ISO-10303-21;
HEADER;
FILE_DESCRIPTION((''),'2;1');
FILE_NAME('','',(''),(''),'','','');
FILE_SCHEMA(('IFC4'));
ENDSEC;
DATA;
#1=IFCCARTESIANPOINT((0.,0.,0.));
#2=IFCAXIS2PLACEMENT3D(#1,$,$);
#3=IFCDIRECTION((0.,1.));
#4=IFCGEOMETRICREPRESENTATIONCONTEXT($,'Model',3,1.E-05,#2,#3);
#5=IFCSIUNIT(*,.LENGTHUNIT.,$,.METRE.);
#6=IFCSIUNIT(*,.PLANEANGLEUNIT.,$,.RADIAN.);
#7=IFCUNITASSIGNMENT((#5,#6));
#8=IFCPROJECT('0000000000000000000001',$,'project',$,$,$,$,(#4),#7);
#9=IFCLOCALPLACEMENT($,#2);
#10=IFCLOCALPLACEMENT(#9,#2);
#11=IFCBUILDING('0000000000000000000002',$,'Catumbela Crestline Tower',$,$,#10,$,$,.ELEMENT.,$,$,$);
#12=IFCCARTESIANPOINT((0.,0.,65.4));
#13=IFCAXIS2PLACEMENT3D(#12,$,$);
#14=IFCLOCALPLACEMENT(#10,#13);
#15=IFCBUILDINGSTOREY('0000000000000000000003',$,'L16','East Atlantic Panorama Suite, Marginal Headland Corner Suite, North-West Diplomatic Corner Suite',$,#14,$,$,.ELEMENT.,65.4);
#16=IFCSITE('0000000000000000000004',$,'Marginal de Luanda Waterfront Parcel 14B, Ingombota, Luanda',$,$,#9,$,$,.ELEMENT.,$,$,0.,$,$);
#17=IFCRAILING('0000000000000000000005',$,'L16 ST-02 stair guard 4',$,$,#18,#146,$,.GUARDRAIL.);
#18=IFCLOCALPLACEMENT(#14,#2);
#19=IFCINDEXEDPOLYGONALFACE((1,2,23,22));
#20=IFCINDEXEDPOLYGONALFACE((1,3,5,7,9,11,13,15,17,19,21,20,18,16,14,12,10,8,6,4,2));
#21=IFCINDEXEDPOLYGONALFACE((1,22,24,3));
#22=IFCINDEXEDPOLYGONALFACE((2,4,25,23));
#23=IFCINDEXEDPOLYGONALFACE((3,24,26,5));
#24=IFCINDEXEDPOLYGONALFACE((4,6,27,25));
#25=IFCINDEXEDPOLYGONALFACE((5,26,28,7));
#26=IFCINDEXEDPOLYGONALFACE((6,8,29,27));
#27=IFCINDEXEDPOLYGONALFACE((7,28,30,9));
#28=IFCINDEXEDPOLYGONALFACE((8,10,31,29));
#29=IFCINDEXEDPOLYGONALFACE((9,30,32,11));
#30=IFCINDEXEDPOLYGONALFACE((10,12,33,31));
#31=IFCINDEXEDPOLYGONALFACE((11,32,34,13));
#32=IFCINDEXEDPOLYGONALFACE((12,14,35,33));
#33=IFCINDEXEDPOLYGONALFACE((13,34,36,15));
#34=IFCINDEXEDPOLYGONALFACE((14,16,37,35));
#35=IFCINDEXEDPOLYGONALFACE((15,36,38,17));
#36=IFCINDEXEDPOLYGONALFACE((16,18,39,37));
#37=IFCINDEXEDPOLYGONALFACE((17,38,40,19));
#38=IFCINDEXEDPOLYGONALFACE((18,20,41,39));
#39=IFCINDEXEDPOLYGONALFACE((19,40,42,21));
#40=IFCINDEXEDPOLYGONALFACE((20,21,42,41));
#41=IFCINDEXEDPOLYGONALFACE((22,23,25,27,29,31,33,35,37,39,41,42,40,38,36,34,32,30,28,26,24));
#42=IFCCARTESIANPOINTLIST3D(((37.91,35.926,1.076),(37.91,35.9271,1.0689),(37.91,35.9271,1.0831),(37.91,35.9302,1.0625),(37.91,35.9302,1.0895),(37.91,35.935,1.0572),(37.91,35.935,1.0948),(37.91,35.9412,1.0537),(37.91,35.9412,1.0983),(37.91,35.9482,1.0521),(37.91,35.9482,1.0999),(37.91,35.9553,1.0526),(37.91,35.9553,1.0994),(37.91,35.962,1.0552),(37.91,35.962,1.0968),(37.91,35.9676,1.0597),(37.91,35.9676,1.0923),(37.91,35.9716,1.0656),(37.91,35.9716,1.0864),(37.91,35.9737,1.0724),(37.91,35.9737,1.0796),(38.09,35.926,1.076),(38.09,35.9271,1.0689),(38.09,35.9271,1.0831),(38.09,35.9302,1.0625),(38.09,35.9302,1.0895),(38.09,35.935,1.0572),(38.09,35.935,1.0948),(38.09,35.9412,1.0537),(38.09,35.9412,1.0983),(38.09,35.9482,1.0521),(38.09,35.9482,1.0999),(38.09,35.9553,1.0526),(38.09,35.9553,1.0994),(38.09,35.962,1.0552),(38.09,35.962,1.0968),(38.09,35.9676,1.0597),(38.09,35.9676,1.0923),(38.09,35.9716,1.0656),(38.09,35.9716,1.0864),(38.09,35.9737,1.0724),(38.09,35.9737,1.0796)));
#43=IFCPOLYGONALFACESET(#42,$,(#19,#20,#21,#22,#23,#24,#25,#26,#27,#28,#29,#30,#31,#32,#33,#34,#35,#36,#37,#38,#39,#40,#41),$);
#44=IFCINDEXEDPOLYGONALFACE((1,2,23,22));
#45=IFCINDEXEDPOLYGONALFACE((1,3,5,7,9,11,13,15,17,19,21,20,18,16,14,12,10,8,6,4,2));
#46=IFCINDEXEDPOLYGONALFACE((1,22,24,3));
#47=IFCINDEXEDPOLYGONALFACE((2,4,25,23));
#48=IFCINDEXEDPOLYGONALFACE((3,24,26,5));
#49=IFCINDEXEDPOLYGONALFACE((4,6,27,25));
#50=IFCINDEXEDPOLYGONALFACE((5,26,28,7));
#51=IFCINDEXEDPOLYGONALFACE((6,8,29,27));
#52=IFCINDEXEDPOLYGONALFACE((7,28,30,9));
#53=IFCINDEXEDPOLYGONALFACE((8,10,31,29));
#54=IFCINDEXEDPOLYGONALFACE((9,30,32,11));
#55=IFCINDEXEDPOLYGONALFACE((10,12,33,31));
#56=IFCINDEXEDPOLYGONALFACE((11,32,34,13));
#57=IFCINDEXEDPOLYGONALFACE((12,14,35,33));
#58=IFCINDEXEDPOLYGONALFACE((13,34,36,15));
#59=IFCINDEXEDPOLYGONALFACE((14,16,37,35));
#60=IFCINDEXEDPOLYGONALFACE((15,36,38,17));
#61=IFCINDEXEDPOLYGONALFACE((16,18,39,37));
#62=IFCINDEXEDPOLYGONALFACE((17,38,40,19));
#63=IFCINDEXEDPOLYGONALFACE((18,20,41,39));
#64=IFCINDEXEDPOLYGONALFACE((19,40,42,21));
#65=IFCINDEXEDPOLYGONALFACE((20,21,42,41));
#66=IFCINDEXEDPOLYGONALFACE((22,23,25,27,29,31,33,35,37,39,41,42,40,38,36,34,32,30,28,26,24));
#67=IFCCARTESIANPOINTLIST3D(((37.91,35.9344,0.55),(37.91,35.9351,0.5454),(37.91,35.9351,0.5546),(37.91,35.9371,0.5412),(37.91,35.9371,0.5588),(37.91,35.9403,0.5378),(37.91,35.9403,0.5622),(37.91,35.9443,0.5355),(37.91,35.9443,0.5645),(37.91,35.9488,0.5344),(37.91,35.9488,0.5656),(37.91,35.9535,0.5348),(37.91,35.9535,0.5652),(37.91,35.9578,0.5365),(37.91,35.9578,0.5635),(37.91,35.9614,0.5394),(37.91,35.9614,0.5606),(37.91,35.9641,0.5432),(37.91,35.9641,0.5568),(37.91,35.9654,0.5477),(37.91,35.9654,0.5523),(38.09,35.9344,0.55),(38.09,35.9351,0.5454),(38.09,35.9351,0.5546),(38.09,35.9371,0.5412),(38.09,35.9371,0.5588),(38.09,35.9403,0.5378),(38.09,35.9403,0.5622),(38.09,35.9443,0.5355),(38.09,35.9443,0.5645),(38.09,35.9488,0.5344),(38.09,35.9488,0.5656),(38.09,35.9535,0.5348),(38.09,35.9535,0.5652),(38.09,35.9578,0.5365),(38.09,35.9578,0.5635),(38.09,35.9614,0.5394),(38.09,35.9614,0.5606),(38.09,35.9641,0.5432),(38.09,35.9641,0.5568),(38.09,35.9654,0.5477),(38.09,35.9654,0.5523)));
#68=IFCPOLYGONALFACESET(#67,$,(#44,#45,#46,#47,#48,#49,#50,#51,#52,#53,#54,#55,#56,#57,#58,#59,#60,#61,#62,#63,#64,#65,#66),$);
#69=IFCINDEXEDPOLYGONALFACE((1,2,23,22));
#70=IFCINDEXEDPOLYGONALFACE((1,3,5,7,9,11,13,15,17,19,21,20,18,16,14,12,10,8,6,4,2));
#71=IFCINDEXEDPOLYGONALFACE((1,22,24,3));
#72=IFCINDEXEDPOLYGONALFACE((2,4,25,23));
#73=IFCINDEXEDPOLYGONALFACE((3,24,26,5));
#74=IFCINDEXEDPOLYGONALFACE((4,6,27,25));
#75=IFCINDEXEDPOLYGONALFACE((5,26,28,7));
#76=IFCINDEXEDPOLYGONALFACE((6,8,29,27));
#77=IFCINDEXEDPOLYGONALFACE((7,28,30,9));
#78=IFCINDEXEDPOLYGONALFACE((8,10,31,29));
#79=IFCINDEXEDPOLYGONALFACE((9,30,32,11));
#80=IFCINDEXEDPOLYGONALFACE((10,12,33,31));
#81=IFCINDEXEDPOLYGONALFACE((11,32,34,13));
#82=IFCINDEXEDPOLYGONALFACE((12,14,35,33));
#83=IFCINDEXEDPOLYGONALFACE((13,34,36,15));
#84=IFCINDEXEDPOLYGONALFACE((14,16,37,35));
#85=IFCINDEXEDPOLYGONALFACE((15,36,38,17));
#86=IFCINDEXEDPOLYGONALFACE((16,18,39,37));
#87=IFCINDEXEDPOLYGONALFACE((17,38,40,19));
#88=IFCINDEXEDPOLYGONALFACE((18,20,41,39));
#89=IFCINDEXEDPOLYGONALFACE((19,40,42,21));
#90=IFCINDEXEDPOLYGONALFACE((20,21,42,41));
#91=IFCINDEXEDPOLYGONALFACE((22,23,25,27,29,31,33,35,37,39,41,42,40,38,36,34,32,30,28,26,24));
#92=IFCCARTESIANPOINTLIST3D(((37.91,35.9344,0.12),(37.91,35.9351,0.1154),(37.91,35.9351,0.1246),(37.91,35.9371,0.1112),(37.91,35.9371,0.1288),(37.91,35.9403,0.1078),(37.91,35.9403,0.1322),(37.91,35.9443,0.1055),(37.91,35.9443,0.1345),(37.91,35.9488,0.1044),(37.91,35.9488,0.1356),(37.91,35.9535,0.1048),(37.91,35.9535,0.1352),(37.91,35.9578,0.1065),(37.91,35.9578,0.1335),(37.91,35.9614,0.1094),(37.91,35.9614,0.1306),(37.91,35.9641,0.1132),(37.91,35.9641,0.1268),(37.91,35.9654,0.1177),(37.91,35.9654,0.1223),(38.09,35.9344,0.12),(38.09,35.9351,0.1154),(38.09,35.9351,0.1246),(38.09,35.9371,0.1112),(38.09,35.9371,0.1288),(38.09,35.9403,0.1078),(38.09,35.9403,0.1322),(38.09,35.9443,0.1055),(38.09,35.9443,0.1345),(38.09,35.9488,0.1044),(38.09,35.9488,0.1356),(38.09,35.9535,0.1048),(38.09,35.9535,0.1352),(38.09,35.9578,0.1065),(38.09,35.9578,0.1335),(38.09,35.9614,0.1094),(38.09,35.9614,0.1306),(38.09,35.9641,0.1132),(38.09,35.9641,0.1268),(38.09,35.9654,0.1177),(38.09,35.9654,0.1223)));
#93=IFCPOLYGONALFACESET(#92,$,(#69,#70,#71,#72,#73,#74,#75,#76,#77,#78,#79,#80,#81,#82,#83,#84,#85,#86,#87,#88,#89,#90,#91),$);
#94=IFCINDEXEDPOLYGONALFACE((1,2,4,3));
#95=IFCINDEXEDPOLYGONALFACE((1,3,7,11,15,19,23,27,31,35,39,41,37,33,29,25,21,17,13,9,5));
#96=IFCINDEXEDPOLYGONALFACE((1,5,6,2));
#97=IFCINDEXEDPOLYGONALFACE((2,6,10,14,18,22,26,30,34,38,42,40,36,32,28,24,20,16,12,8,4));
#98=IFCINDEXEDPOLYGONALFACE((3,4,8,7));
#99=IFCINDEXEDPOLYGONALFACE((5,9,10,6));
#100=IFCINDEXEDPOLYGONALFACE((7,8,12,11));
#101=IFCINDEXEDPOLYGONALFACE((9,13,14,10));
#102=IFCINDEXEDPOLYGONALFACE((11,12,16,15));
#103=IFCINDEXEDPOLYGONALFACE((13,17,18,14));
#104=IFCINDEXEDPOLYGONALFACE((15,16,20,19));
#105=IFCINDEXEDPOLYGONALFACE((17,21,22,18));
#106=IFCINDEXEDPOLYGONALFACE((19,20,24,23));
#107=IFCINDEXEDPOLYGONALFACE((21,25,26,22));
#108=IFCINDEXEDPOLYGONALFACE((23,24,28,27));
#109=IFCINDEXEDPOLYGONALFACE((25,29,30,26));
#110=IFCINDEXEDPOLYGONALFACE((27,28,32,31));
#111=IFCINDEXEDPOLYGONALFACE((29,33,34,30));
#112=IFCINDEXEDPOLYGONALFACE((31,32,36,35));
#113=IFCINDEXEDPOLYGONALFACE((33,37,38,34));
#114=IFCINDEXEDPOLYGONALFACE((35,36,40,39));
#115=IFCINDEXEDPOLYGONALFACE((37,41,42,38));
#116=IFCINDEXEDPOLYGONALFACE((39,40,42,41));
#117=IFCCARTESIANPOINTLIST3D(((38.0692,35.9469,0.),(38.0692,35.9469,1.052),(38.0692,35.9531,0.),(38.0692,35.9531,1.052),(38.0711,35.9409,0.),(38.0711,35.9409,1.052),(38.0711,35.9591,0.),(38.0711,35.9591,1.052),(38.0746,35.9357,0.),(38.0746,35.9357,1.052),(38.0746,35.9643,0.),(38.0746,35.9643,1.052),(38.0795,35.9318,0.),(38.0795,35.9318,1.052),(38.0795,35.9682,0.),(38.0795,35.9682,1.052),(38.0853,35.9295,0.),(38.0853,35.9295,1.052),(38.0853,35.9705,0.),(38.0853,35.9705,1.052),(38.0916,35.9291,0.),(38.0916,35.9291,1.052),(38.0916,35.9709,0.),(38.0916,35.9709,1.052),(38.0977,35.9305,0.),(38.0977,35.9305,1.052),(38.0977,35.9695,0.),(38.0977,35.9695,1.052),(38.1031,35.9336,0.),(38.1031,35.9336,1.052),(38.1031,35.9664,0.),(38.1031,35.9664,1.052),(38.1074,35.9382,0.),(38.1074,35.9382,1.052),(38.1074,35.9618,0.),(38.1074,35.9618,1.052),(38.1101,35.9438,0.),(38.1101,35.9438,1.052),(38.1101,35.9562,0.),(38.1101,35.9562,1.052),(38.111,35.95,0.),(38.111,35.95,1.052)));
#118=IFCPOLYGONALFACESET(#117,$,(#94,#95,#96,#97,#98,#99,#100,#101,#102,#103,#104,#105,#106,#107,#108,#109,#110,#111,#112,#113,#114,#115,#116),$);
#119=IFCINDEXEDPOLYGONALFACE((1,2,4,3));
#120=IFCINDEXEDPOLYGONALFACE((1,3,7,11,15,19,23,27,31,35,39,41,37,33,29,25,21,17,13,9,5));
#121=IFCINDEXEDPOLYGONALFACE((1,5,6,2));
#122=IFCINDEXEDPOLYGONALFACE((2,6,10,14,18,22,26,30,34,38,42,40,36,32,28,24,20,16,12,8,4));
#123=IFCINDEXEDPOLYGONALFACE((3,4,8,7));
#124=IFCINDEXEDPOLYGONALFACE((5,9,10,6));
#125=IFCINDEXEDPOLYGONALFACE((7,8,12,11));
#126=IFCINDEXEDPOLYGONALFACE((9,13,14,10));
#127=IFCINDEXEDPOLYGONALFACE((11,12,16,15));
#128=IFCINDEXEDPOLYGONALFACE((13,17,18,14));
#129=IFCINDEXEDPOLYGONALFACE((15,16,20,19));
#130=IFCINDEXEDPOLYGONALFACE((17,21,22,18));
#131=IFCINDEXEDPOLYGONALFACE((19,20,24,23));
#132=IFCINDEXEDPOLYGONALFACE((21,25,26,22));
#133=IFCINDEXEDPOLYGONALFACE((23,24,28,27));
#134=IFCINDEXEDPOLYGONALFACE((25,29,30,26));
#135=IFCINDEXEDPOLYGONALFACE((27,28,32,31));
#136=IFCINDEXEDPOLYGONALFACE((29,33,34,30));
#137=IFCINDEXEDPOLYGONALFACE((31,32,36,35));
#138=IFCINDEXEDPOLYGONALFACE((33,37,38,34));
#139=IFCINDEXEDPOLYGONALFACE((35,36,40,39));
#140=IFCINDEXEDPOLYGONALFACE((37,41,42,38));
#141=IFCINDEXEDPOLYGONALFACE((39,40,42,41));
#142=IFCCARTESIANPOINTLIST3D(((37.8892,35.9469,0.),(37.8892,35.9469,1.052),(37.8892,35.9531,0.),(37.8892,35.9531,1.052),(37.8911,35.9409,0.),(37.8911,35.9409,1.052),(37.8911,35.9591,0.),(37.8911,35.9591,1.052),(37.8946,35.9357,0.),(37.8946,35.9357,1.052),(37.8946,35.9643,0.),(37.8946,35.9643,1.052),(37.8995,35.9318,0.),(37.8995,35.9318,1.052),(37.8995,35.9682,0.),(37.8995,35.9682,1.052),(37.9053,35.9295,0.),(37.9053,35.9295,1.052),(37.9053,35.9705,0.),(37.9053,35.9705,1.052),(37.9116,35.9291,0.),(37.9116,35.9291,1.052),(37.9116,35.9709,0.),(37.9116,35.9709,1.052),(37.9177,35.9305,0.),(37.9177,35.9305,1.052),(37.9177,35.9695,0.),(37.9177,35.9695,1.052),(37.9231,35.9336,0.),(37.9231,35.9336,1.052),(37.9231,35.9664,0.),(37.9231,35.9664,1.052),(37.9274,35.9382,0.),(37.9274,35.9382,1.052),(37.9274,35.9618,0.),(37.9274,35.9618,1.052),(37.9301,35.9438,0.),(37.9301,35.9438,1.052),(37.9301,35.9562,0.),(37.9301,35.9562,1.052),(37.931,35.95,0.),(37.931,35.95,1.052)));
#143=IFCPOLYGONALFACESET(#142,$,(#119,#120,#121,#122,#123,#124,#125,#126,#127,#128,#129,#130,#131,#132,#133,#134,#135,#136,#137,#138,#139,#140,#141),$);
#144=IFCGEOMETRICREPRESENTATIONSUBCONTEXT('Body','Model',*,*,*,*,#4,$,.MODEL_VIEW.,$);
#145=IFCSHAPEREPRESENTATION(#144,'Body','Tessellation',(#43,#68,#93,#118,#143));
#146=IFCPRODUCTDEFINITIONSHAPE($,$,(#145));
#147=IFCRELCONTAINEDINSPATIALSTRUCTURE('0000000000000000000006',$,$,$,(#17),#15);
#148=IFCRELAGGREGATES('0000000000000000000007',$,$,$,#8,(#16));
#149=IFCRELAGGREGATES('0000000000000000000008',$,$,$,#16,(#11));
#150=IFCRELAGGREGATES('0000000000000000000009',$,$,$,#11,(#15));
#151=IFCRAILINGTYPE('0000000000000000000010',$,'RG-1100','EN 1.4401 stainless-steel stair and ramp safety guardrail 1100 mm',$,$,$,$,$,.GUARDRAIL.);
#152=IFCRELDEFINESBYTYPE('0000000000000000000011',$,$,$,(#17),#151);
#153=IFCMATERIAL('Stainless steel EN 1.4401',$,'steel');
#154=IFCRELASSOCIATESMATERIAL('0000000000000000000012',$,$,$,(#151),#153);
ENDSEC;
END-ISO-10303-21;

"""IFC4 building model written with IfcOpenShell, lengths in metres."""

from ifc_helpers import new_model, si_unit, direction, frame, origin, origin_2d, place, context, subcontext, project, spatial, circle, extrude, material, type_object, element, save


model = new_model("IFC4")

# Units and contexts
model_context = context("Model", 3, precision=1e-05, world=origin(), true_north=direction((0.0, 1.0)))
body_context = subcontext(model_context, "Body", "Model", "MODEL_VIEW")
ifc_project = project(units=[si_unit("LENGTHUNIT", "METRE"), si_unit("PLANEANGLEUNIT", "RADIAN")], contexts=[model_context])

# Site, building, storey
site_placement = place(None, origin())
site = spatial("IfcSite", under=ifc_project, at=site_placement, Name="Marginal de Luanda Waterfront Parcel 14B, Ingombota, Luanda", CompositionType="ELEMENT", RefElevation=0.0)
building_placement = place(site_placement, origin())
building = spatial("IfcBuilding", under=site, at=building_placement, Name="Catumbela Crestline Tower", CompositionType="ELEMENT")
storey_placement = place(building_placement, frame((0.0, 0.0, 65.4)))
storey = spatial("IfcBuildingStorey", under=building, at=storey_placement, Name="L16", Description="East Atlantic Panorama Suite, Marginal Headland Corner Suite, North-West Diplomatic Corner Suite", CompositionType="ELEMENT", Elevation=65.4)

# Shared definitions
ifc_material_1 = material(Name="Stainless steel EN 1.4401", Category="steel")

# Railing
railing_type_1 = type_object("IfcRailingType", Name="RG-1100", Description="EN 1.4401 stainless-steel stair and ramp safety guardrail 1100 mm", PredefinedType="GUARDRAIL", material=ifc_material_1)
railing_1_placement = place(storey_placement, frame((38.09, 35.95, 0.0)))
element("IfcRailing", 1, at=railing_1_placement, inside=storey, type_object=railing_type_1, Name="L16 ST-02 stair guard 4", PredefinedType="GUARDRAIL", context=body_context, shape_type="SweptSolid", body=[
    extrude(circle(Radius=0.024, at=origin_2d()), frame((0.0, 0.0, 1.076), z_axis=(-1.0, 0.0, 0.0), x_axis=(0.0, -1.0, 0.0)), (0.0, 0.0, 1.0), 0.18),
    extrude(circle(Radius=0.0156, at=origin_2d()), frame((0.0, 0.0, 0.55), z_axis=(-1.0, 0.0, 0.0), x_axis=(0.0, -1.0, 0.0)), (0.0, 0.0, 1.0), 0.18),
    extrude(circle(Radius=0.0156, at=origin_2d()), frame((0.0, 0.0, 0.12), z_axis=(-1.0, 0.0, 0.0), x_axis=(0.0, -1.0, 0.0)), (0.0, 0.0, 1.0), 0.18),
    extrude(circle(Radius=0.021, at=origin_2d()), origin(), (0.0, 0.0, 1.0), 1.052),
    extrude(circle(Radius=0.021, at=origin_2d()), frame((-0.18, 0.0, 0.0)), (0.0, 0.0, 1.0), 1.052),
])

save(model, "model.ifc")
